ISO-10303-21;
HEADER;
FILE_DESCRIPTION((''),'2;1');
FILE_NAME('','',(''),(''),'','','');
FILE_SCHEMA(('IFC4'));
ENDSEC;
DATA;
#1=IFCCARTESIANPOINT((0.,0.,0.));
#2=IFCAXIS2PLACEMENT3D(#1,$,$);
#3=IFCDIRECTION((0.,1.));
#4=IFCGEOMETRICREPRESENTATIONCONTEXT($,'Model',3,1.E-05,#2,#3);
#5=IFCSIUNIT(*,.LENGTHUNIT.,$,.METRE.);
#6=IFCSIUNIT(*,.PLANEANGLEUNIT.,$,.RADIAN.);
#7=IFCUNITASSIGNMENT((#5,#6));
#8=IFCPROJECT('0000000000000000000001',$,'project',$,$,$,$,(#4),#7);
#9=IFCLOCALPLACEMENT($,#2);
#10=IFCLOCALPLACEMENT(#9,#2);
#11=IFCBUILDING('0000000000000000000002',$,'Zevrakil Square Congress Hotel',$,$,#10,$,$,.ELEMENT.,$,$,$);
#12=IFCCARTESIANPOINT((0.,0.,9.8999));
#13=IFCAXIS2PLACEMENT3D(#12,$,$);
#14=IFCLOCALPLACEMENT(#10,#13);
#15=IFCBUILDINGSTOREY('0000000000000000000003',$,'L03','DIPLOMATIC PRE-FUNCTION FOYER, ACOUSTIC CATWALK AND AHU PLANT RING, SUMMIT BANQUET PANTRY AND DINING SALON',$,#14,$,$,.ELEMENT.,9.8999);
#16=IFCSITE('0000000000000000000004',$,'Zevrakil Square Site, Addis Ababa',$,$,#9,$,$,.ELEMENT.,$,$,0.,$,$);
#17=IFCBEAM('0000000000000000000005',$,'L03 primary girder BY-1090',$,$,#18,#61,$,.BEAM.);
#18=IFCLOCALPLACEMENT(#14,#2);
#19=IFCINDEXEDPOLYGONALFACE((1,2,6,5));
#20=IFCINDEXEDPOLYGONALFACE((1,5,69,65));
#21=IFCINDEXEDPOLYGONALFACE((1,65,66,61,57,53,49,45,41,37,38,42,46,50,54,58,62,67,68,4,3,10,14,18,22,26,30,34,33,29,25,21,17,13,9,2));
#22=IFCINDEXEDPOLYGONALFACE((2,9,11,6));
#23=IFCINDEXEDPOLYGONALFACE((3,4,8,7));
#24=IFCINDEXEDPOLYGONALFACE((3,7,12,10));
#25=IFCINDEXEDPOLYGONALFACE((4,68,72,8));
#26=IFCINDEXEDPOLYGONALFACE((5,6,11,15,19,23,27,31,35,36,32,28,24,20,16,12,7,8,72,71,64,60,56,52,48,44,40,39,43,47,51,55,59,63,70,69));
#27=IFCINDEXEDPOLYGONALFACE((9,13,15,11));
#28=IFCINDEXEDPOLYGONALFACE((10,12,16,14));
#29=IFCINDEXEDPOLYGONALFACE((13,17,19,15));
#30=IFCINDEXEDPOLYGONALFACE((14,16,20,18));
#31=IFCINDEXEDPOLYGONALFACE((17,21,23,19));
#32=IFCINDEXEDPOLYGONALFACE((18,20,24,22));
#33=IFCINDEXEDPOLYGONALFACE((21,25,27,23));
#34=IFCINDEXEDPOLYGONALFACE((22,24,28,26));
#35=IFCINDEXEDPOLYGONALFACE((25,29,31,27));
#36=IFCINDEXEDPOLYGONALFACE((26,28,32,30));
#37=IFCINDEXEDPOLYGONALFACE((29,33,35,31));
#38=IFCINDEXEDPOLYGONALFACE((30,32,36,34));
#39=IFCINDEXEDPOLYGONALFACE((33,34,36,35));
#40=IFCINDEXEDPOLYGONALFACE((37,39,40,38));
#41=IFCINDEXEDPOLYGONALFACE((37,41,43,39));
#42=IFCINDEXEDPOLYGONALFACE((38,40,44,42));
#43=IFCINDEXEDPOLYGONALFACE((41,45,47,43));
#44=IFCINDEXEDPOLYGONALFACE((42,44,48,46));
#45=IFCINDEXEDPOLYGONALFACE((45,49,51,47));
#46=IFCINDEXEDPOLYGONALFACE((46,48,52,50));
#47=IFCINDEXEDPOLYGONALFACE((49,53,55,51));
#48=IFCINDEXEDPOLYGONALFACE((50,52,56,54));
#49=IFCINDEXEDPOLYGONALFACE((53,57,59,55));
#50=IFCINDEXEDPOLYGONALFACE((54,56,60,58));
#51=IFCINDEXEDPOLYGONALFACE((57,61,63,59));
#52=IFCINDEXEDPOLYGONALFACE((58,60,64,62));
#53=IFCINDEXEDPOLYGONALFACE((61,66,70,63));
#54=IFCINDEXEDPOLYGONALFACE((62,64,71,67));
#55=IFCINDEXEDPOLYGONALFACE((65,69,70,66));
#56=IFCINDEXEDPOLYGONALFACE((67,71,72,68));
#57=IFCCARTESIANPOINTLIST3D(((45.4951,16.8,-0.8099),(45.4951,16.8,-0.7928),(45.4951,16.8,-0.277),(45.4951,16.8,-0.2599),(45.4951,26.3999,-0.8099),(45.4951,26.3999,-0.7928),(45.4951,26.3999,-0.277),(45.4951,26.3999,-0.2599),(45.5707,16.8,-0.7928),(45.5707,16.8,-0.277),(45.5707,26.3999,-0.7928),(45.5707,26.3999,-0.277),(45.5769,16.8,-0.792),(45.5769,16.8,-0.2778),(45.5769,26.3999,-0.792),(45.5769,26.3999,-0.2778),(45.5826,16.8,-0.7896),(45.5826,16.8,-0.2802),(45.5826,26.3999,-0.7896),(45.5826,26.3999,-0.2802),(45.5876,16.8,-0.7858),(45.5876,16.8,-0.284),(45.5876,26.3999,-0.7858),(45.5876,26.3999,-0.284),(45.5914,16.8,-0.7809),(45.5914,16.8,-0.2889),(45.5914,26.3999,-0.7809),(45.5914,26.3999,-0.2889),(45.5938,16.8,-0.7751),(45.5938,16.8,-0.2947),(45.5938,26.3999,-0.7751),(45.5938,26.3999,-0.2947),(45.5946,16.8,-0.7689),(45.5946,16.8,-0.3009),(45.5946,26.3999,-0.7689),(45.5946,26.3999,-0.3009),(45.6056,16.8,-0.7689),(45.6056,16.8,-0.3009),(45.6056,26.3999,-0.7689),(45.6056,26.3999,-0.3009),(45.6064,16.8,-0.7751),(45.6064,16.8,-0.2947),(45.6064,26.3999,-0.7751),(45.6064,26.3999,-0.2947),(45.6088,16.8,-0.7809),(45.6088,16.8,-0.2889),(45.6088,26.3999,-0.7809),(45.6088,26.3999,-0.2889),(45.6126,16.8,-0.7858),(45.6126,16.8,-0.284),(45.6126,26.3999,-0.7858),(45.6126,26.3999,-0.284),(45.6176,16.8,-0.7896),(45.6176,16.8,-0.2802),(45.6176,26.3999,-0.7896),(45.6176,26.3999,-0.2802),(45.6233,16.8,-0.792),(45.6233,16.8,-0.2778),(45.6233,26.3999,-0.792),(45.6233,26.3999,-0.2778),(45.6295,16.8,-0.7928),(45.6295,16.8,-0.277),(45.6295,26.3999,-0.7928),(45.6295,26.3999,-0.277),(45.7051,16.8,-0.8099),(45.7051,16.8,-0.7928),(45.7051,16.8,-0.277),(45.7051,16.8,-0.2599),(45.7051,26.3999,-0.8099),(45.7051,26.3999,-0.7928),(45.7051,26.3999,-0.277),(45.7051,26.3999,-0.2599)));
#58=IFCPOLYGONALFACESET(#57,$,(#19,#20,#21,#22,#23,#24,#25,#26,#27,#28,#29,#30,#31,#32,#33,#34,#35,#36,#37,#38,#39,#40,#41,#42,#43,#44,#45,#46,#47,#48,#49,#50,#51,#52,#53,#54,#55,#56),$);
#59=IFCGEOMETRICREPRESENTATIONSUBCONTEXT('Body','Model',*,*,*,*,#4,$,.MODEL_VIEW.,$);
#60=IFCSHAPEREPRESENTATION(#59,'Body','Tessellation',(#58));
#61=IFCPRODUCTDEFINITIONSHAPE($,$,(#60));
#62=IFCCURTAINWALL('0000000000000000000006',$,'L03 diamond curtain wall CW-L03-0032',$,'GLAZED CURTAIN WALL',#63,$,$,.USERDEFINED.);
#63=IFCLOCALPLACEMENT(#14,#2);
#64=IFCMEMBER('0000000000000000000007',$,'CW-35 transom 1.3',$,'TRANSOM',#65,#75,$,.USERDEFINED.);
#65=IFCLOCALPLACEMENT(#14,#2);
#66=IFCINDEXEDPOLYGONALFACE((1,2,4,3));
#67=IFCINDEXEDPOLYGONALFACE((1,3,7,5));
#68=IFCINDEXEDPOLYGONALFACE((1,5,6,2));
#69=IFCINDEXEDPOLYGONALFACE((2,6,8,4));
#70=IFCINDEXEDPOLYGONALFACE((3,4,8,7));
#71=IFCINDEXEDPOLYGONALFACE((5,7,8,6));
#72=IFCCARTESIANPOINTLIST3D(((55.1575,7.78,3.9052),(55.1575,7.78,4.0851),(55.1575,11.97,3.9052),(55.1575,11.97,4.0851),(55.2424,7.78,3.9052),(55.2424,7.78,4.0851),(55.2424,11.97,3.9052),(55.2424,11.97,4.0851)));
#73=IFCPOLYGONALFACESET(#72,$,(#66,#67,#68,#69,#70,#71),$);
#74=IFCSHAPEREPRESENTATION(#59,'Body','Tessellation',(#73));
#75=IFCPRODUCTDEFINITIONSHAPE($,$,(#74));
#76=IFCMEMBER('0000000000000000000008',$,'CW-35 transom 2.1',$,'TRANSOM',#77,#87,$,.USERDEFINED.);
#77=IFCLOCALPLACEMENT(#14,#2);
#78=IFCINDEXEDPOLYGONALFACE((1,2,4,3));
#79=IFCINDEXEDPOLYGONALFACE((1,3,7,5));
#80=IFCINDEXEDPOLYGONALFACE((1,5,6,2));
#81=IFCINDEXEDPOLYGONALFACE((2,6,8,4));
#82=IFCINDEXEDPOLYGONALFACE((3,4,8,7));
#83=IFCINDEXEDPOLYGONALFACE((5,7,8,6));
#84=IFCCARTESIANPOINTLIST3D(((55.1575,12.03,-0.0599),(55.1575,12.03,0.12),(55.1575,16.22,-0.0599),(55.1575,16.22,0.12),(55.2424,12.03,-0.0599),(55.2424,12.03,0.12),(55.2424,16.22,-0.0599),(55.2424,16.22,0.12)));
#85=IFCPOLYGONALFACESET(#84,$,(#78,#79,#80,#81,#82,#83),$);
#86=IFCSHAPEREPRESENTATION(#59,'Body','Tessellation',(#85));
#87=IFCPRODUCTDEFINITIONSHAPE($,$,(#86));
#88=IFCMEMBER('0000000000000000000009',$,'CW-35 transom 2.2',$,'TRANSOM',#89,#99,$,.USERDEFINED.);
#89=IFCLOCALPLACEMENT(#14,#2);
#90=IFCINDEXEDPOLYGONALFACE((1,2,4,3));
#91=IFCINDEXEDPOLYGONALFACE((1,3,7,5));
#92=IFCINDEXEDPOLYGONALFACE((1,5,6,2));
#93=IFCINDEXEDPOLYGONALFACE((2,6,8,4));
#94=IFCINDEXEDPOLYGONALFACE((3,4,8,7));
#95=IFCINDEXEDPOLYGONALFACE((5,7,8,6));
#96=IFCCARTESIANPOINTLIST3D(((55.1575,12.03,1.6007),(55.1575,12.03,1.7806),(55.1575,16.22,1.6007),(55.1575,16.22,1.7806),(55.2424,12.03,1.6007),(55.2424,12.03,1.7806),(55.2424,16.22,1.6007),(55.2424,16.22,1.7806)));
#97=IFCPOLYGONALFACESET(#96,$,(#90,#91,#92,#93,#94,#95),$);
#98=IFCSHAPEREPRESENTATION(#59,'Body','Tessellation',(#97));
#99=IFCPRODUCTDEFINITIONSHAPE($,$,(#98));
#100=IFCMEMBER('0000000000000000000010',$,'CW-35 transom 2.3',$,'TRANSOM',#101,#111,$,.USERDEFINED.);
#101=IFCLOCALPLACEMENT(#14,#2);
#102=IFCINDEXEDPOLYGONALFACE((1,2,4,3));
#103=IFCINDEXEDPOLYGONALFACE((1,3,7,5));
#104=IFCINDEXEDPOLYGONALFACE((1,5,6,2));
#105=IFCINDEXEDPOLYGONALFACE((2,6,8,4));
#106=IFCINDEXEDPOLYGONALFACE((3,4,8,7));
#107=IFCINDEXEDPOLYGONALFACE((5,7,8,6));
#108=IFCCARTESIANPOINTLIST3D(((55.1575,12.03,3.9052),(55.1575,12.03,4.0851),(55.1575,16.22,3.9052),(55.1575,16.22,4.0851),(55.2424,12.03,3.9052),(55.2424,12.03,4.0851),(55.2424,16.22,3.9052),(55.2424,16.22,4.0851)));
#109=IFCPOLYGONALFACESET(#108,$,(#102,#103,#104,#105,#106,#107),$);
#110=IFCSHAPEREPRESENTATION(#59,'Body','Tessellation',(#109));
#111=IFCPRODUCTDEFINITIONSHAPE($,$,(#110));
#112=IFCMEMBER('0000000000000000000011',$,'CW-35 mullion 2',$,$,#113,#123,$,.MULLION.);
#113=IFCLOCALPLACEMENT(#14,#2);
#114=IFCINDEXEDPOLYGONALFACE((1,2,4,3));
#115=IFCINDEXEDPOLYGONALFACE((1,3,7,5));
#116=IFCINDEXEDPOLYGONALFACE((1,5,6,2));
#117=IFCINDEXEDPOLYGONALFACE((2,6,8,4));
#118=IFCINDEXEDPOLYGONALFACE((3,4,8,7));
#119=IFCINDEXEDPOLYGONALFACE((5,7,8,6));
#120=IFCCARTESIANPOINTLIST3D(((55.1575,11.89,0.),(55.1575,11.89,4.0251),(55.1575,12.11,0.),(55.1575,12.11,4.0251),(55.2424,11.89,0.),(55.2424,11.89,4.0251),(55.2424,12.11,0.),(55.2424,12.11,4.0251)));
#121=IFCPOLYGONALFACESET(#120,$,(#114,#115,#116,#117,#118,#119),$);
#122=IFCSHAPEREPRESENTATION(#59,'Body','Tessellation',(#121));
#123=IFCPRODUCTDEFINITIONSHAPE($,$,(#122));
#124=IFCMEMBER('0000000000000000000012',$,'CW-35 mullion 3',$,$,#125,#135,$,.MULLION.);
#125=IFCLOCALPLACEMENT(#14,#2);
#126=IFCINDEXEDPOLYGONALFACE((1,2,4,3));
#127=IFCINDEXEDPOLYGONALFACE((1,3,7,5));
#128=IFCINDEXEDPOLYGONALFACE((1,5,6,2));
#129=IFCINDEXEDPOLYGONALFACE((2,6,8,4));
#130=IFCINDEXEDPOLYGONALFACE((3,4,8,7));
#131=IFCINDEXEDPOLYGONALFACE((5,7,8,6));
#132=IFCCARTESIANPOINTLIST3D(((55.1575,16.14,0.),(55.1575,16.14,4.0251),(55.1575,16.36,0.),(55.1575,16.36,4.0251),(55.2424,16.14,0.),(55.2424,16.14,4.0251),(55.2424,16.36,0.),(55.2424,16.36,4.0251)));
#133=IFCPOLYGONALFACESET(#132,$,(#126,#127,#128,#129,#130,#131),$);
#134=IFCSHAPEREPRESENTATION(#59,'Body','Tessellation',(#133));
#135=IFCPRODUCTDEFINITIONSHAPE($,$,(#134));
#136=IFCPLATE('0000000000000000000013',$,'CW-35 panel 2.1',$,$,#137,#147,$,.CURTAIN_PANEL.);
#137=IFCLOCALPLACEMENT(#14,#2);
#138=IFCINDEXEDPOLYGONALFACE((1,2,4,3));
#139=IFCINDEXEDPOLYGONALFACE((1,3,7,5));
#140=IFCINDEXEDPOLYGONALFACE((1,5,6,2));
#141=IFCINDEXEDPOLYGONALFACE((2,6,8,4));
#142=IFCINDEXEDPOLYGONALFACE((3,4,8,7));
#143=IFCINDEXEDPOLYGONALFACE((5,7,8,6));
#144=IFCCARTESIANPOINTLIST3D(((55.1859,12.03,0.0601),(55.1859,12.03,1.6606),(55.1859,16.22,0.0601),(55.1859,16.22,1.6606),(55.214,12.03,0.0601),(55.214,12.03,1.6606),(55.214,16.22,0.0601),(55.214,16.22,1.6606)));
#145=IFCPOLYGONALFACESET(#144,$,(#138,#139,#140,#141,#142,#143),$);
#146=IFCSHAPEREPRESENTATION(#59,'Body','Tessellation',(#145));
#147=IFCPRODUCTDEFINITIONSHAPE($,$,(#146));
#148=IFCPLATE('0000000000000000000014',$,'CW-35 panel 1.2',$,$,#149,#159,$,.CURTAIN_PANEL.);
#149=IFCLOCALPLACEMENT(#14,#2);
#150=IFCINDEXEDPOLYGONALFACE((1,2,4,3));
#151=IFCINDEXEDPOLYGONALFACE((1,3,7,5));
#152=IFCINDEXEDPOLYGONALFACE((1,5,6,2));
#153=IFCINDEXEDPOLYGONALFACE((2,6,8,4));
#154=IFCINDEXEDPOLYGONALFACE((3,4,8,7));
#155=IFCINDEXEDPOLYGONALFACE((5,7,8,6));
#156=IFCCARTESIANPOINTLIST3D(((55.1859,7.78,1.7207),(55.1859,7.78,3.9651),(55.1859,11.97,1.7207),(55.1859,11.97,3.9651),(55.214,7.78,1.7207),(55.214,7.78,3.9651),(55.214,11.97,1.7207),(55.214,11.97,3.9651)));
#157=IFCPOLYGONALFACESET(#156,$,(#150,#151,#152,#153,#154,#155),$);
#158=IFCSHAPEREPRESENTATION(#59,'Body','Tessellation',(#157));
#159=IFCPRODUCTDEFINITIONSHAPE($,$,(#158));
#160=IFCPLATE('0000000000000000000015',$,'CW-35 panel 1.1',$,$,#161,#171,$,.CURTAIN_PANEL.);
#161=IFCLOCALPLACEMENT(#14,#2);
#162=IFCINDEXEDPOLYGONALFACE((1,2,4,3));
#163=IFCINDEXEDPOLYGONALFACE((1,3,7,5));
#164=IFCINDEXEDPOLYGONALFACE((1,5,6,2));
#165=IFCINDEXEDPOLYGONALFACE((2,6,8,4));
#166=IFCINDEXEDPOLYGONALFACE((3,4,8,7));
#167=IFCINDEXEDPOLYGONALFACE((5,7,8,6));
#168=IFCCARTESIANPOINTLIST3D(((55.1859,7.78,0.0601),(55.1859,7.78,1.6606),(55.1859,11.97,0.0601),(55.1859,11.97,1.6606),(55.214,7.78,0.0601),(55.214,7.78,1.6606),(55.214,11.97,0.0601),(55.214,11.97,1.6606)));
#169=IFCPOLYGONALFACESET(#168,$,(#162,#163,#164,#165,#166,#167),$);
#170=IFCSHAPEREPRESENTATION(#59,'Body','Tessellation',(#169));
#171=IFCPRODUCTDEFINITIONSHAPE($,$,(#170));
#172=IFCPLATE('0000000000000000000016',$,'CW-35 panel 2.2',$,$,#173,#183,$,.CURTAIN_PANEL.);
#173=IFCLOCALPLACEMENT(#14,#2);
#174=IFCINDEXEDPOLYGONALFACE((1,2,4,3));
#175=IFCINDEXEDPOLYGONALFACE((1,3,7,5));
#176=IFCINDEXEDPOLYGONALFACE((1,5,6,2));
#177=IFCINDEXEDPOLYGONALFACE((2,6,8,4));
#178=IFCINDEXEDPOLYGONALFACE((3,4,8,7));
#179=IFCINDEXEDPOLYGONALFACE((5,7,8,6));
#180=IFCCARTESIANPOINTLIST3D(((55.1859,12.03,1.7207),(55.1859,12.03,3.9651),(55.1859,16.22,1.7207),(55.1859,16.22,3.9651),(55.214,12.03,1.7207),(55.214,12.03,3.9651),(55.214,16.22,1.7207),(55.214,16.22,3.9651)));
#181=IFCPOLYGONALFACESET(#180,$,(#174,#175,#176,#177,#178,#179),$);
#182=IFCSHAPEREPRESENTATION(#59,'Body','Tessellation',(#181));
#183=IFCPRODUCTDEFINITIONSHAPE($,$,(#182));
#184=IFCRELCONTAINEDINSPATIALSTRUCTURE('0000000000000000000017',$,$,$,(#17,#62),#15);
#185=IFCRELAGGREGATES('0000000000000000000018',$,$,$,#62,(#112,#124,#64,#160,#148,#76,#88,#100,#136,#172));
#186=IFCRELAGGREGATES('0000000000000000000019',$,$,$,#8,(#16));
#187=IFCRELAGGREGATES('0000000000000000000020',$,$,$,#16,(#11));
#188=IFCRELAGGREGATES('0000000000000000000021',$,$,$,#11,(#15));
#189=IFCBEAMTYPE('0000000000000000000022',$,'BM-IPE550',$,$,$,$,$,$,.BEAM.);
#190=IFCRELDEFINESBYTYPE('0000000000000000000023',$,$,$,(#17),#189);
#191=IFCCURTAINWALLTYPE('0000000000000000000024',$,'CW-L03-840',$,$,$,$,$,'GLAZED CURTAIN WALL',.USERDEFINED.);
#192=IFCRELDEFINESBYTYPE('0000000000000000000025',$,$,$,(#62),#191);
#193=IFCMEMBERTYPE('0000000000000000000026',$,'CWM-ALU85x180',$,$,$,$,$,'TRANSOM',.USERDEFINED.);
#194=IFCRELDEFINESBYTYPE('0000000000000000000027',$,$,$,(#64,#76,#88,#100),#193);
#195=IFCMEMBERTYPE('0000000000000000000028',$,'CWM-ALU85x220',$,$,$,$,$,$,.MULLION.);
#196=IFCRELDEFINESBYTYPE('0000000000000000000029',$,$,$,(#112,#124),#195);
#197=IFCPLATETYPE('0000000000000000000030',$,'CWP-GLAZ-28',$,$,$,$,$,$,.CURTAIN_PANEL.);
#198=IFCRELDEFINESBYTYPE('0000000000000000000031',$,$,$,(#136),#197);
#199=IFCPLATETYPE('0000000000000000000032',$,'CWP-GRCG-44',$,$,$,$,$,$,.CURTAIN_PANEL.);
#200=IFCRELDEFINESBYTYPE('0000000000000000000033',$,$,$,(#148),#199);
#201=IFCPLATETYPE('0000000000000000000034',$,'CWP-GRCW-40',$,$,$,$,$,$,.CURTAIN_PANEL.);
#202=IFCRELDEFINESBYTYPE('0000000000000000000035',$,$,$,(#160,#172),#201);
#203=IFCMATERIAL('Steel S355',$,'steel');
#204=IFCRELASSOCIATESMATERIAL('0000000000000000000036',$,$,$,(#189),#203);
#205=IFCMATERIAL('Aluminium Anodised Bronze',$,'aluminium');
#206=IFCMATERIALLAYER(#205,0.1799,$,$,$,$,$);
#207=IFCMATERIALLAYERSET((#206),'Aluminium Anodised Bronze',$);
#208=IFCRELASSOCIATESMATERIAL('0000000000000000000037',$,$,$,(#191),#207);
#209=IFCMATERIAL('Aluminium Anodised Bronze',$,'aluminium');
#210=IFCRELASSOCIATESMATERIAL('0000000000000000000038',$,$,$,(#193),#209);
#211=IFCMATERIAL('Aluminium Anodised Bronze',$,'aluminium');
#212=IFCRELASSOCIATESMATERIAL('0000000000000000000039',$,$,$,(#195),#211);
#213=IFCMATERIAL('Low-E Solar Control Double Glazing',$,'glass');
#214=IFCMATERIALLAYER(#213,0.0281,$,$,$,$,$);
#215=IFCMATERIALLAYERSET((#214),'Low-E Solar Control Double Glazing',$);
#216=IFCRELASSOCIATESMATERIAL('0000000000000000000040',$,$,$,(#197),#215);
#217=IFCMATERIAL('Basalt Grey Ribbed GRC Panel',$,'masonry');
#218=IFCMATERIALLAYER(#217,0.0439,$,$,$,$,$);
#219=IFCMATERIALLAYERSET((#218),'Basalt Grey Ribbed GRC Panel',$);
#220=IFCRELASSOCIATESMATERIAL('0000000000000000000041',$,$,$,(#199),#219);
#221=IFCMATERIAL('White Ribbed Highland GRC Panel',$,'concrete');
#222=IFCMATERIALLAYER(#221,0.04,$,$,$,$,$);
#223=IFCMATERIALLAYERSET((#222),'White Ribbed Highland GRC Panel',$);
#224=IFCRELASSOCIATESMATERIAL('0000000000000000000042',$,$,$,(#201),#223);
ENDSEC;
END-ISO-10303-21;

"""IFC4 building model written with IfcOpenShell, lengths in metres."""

from ifc_helpers import new_model, si_unit, direction, frame, origin, origin_2d, place, context, subcontext, project, spatial, rectangle, i_section, extrude, material, layer, layer_set, material_profile, profile_set, type_object, element, aggregate, save


model = new_model("IFC4")

# Units and contexts
model_context = context("Model", 3, precision=1e-05, world=origin(), true_north=direction((0.0, 1.0)))
body_context = subcontext(model_context, "Body", "Model", "MODEL_VIEW")
ifc_project = project(units=[si_unit("LENGTHUNIT", "METRE"), si_unit("PLANEANGLEUNIT", "RADIAN")], contexts=[model_context])

# Site, building, storey
site_placement = place(None, origin())
site = spatial("IfcSite", under=ifc_project, at=site_placement, Name="Zevrakil Square Site, Addis Ababa", CompositionType="ELEMENT", RefElevation=0.0)
building_placement = place(site_placement, origin())
building = spatial("IfcBuilding", under=site, at=building_placement, Name="Zevrakil Square Congress Hotel", CompositionType="ELEMENT")
storey_placement = place(building_placement, frame((0.0, 0.0, 9.8999)))
storey = spatial("IfcBuildingStorey", under=building, at=storey_placement, Name="L03", Description="DIPLOMATIC PRE-FUNCTION FOYER, ACOUSTIC CATWALK AND AHU PLANT RING, SUMMIT BANQUET PANTRY AND DINING SALON", CompositionType="ELEMENT", Elevation=9.8999)

# Beam
ifc_material_1 = material(Name="Steel S355", Category="steel")
ifc_material_profile_1 = material_profile(ifc_material_1, i_section(OverallWidth=0.21, OverallDepth=0.55, WebThickness=0.011, FlangeThickness=0.0171, FilletRadius=0.0239, at=origin_2d()), Name="IPE 550")
ifc_profile_set_1 = profile_set([ifc_material_profile_1], Name="Steel S355")
beam_type_1 = type_object("IfcBeamType", Name="BM-IPE550", PredefinedType="BEAM", material=ifc_profile_set_1)
beam_1_placement = place(storey_placement, frame((45.6001, 16.8, -0.5349), z_axis=(0.0, 1.0, 0.0), x_axis=(-1.0, 0.0, 0.0)))
element("IfcBeam", 1, at=beam_1_placement, inside=storey, type_object=beam_type_1, Name="L03 primary girder BY-1090", PredefinedType="BEAM", context=body_context, shape_type="SweptSolid", body=[
    extrude(i_section(OverallWidth=0.21, OverallDepth=0.55, WebThickness=0.011, FlangeThickness=0.0171, FilletRadius=0.0239, at=origin_2d()), origin(), (0.0, 0.0, 1.0), 9.5999),
])

# Curtain wall, members, plates
ifc_material_2 = material(Name="Aluminium Anodised Bronze", Category="aluminium")
ifc_layer_1 = layer(ifc_material_2, 0.1799)
ifc_layer_set_1 = layer_set([ifc_layer_1], Name="Aluminium Anodised Bronze")
curtain_wall_type = type_object("IfcCurtainWallType", Name="CW-L03-840", ElementType="GLAZED CURTAIN WALL", PredefinedType="USERDEFINED", material=ifc_layer_set_1)
curtain_wall_placement = place(storey_placement, origin())
curtain_wall = element("IfcCurtainWall", 2, at=curtain_wall_placement, inside=storey, type_object=curtain_wall_type, Name="L03 diamond curtain wall CW-L03-0032", ObjectType="GLAZED CURTAIN WALL", PredefinedType="USERDEFINED")
ifc_material_3 = material(Name="Aluminium Anodised Bronze", Category="aluminium")
ifc_material_profile_2 = material_profile(ifc_material_3, rectangle(XDim=0.085, YDim=0.1799, at=origin_2d()), Name="ALU 85x180")
ifc_profile_set_2 = profile_set([ifc_material_profile_2], Name="Aluminium Anodised Bronze")
member_type_1 = type_object("IfcMemberType", Name="CWM-ALU85x180", ElementType="TRANSOM", PredefinedType="USERDEFINED", material=ifc_profile_set_2)
member_1_placement = place(storey_placement, frame((55.2, 7.78, 3.9951), z_axis=(0.0, 1.0, 0.0), x_axis=(-1.0, 0.0, 0.0)))
member_1 = element("IfcMember", 3, at=member_1_placement, type_object=member_type_1, Name="CW-35 transom 1.3", ObjectType="TRANSOM", PredefinedType="USERDEFINED", context=body_context, shape_type="SweptSolid", body=[
    extrude(rectangle(XDim=0.085, YDim=0.1799, at=origin_2d()), origin(), (0.0, 0.0, 1.0), 4.1899),
])
member_2_placement = place(storey_placement, frame((55.2, 12.03, 0.03), z_axis=(0.0, 1.0, 0.0), x_axis=(-1.0, 0.0, 0.0)))
member_2 = element("IfcMember", 4, at=member_2_placement, type_object=member_type_1, Name="CW-35 transom 2.1", ObjectType="TRANSOM", PredefinedType="USERDEFINED", context=body_context, shape_type="SweptSolid", body=[
    extrude(rectangle(XDim=0.085, YDim=0.1799, at=origin_2d()), origin(), (0.0, 0.0, 1.0), 4.1899),
])
member_3_placement = place(storey_placement, frame((55.2, 12.03, 1.6907), z_axis=(0.0, 1.0, 0.0), x_axis=(-1.0, 0.0, 0.0)))
member_3 = element("IfcMember", 5, at=member_3_placement, type_object=member_type_1, Name="CW-35 transom 2.2", ObjectType="TRANSOM", PredefinedType="USERDEFINED", context=body_context, shape_type="SweptSolid", body=[
    extrude(rectangle(XDim=0.085, YDim=0.1799, at=origin_2d()), origin(), (0.0, 0.0, 1.0), 4.1899),
])
member_4_placement = place(storey_placement, frame((55.2, 12.03, 3.9951), z_axis=(0.0, 1.0, 0.0), x_axis=(-1.0, 0.0, 0.0)))
member_4 = element("IfcMember", 6, at=member_4_placement, type_object=member_type_1, Name="CW-35 transom 2.3", ObjectType="TRANSOM", PredefinedType="USERDEFINED", context=body_context, shape_type="SweptSolid", body=[
    extrude(rectangle(XDim=0.085, YDim=0.1799, at=origin_2d()), origin(), (0.0, 0.0, 1.0), 4.1899),
])
ifc_material_4 = material(Name="Aluminium Anodised Bronze", Category="aluminium")
ifc_material_profile_3 = material_profile(ifc_material_4, rectangle(XDim=0.085, YDim=0.22, at=origin_2d()), Name="ALU 85x220")
ifc_profile_set_3 = profile_set([ifc_material_profile_3], Name="Aluminium Anodised Bronze")
member_type_2 = type_object("IfcMemberType", Name="CWM-ALU85x220", PredefinedType="MULLION", material=ifc_profile_set_3)
member_5_placement = place(storey_placement, frame((55.2, 12.0, 0.0), z_axis=(0.0, 0.0, 1.0), x_axis=(-1.0, 0.0, 0.0)))
member_5 = element("IfcMember", 7, at=member_5_placement, type_object=member_type_2, Name="CW-35 mullion 2", PredefinedType="MULLION", context=body_context, shape_type="SweptSolid", body=[
    extrude(rectangle(XDim=0.085, YDim=0.22, at=origin_2d()), origin(), (0.0, 0.0, 1.0), 4.0251),
])
member_6_placement = place(storey_placement, frame((55.2, 16.25, 0.0), z_axis=(0.0, 0.0, 1.0), x_axis=(-1.0, 0.0, 0.0)))
member_6 = element("IfcMember", 8, at=member_6_placement, type_object=member_type_2, Name="CW-35 mullion 3", PredefinedType="MULLION", context=body_context, shape_type="SweptSolid", body=[
    extrude(rectangle(XDim=0.085, YDim=0.22, at=origin_2d()), origin(), (0.0, 0.0, 1.0), 4.0251),
])
ifc_material_5 = material(Name="Low-E Solar Control Double Glazing", Category="glass")
ifc_layer_2 = layer(ifc_material_5, 0.0281)
ifc_layer_set_2 = layer_set([ifc_layer_2], Name="Low-E Solar Control Double Glazing")
plate_type_1 = type_object("IfcPlateType", Name="CWP-GLAZ-28", PredefinedType="CURTAIN_PANEL", material=ifc_layer_set_2)
plate_1_placement = place(storey_placement, frame((55.2, 14.125, 0.0601), z_axis=(0.0, 0.0, 1.0), x_axis=(0.0, 1.0, 0.0)))
plate_1 = element("IfcPlate", 9, at=plate_1_placement, type_object=plate_type_1, Name="CW-35 panel 2.1", PredefinedType="CURTAIN_PANEL", context=body_context, shape_type="SweptSolid", body=[
    extrude(rectangle(XDim=4.1899, YDim=0.0281, at=origin_2d()), origin(), (0.0, 0.0, 1.0), 1.6006),
])
ifc_material_6 = material(Name="Basalt Grey Ribbed GRC Panel", Category="masonry")
ifc_layer_3 = layer(ifc_material_6, 0.0439)
ifc_layer_set_3 = layer_set([ifc_layer_3], Name="Basalt Grey Ribbed GRC Panel")
plate_type_2 = type_object("IfcPlateType", Name="CWP-GRCG-44", PredefinedType="CURTAIN_PANEL", material=ifc_layer_set_3)
plate_2_placement = place(storey_placement, frame((55.2, 9.875, 1.7207), z_axis=(0.0, 0.0, 1.0), x_axis=(0.0, 1.0, 0.0)))
plate_2 = element("IfcPlate", 10, at=plate_2_placement, type_object=plate_type_2, Name="CW-35 panel 1.2", PredefinedType="CURTAIN_PANEL", context=body_context, shape_type="SweptSolid", body=[
    extrude(rectangle(XDim=4.1899, YDim=0.0281, at=origin_2d()), origin(), (0.0, 0.0, 1.0), 2.2444),
])
ifc_material_7 = material(Name="White Ribbed Highland GRC Panel", Category="concrete")
ifc_layer_4 = layer(ifc_material_7, 0.04)
ifc_layer_set_4 = layer_set([ifc_layer_4], Name="White Ribbed Highland GRC Panel")
plate_type_3 = type_object("IfcPlateType", Name="CWP-GRCW-40", PredefinedType="CURTAIN_PANEL", material=ifc_layer_set_4)
plate_3_placement = place(storey_placement, frame((55.2, 9.875, 0.0601), z_axis=(0.0, 0.0, 1.0), x_axis=(0.0, 1.0, 0.0)))
plate_3 = element("IfcPlate", 11, at=plate_3_placement, type_object=plate_type_3, Name="CW-35 panel 1.1", PredefinedType="CURTAIN_PANEL", context=body_context, shape_type="SweptSolid", body=[
    extrude(rectangle(XDim=4.1899, YDim=0.0281, at=origin_2d()), origin(), (0.0, 0.0, 1.0), 1.6006),
])
plate_4_placement = place(storey_placement, frame((55.2, 14.125, 1.7207), z_axis=(0.0, 0.0, 1.0), x_axis=(0.0, 1.0, 0.0)))
plate_4 = element("IfcPlate", 12, at=plate_4_placement, type_object=plate_type_3, Name="CW-35 panel 2.2", PredefinedType="CURTAIN_PANEL", context=body_context, shape_type="SweptSolid", body=[
    extrude(rectangle(XDim=4.1899, YDim=0.0281, at=origin_2d()), origin(), (0.0, 0.0, 1.0), 2.2444),
])
aggregate(curtain_wall, [member_5, member_6, member_1, plate_3, plate_2, member_2, member_3, member_4, plate_1, plate_4])

save(model, "model.ifc")
